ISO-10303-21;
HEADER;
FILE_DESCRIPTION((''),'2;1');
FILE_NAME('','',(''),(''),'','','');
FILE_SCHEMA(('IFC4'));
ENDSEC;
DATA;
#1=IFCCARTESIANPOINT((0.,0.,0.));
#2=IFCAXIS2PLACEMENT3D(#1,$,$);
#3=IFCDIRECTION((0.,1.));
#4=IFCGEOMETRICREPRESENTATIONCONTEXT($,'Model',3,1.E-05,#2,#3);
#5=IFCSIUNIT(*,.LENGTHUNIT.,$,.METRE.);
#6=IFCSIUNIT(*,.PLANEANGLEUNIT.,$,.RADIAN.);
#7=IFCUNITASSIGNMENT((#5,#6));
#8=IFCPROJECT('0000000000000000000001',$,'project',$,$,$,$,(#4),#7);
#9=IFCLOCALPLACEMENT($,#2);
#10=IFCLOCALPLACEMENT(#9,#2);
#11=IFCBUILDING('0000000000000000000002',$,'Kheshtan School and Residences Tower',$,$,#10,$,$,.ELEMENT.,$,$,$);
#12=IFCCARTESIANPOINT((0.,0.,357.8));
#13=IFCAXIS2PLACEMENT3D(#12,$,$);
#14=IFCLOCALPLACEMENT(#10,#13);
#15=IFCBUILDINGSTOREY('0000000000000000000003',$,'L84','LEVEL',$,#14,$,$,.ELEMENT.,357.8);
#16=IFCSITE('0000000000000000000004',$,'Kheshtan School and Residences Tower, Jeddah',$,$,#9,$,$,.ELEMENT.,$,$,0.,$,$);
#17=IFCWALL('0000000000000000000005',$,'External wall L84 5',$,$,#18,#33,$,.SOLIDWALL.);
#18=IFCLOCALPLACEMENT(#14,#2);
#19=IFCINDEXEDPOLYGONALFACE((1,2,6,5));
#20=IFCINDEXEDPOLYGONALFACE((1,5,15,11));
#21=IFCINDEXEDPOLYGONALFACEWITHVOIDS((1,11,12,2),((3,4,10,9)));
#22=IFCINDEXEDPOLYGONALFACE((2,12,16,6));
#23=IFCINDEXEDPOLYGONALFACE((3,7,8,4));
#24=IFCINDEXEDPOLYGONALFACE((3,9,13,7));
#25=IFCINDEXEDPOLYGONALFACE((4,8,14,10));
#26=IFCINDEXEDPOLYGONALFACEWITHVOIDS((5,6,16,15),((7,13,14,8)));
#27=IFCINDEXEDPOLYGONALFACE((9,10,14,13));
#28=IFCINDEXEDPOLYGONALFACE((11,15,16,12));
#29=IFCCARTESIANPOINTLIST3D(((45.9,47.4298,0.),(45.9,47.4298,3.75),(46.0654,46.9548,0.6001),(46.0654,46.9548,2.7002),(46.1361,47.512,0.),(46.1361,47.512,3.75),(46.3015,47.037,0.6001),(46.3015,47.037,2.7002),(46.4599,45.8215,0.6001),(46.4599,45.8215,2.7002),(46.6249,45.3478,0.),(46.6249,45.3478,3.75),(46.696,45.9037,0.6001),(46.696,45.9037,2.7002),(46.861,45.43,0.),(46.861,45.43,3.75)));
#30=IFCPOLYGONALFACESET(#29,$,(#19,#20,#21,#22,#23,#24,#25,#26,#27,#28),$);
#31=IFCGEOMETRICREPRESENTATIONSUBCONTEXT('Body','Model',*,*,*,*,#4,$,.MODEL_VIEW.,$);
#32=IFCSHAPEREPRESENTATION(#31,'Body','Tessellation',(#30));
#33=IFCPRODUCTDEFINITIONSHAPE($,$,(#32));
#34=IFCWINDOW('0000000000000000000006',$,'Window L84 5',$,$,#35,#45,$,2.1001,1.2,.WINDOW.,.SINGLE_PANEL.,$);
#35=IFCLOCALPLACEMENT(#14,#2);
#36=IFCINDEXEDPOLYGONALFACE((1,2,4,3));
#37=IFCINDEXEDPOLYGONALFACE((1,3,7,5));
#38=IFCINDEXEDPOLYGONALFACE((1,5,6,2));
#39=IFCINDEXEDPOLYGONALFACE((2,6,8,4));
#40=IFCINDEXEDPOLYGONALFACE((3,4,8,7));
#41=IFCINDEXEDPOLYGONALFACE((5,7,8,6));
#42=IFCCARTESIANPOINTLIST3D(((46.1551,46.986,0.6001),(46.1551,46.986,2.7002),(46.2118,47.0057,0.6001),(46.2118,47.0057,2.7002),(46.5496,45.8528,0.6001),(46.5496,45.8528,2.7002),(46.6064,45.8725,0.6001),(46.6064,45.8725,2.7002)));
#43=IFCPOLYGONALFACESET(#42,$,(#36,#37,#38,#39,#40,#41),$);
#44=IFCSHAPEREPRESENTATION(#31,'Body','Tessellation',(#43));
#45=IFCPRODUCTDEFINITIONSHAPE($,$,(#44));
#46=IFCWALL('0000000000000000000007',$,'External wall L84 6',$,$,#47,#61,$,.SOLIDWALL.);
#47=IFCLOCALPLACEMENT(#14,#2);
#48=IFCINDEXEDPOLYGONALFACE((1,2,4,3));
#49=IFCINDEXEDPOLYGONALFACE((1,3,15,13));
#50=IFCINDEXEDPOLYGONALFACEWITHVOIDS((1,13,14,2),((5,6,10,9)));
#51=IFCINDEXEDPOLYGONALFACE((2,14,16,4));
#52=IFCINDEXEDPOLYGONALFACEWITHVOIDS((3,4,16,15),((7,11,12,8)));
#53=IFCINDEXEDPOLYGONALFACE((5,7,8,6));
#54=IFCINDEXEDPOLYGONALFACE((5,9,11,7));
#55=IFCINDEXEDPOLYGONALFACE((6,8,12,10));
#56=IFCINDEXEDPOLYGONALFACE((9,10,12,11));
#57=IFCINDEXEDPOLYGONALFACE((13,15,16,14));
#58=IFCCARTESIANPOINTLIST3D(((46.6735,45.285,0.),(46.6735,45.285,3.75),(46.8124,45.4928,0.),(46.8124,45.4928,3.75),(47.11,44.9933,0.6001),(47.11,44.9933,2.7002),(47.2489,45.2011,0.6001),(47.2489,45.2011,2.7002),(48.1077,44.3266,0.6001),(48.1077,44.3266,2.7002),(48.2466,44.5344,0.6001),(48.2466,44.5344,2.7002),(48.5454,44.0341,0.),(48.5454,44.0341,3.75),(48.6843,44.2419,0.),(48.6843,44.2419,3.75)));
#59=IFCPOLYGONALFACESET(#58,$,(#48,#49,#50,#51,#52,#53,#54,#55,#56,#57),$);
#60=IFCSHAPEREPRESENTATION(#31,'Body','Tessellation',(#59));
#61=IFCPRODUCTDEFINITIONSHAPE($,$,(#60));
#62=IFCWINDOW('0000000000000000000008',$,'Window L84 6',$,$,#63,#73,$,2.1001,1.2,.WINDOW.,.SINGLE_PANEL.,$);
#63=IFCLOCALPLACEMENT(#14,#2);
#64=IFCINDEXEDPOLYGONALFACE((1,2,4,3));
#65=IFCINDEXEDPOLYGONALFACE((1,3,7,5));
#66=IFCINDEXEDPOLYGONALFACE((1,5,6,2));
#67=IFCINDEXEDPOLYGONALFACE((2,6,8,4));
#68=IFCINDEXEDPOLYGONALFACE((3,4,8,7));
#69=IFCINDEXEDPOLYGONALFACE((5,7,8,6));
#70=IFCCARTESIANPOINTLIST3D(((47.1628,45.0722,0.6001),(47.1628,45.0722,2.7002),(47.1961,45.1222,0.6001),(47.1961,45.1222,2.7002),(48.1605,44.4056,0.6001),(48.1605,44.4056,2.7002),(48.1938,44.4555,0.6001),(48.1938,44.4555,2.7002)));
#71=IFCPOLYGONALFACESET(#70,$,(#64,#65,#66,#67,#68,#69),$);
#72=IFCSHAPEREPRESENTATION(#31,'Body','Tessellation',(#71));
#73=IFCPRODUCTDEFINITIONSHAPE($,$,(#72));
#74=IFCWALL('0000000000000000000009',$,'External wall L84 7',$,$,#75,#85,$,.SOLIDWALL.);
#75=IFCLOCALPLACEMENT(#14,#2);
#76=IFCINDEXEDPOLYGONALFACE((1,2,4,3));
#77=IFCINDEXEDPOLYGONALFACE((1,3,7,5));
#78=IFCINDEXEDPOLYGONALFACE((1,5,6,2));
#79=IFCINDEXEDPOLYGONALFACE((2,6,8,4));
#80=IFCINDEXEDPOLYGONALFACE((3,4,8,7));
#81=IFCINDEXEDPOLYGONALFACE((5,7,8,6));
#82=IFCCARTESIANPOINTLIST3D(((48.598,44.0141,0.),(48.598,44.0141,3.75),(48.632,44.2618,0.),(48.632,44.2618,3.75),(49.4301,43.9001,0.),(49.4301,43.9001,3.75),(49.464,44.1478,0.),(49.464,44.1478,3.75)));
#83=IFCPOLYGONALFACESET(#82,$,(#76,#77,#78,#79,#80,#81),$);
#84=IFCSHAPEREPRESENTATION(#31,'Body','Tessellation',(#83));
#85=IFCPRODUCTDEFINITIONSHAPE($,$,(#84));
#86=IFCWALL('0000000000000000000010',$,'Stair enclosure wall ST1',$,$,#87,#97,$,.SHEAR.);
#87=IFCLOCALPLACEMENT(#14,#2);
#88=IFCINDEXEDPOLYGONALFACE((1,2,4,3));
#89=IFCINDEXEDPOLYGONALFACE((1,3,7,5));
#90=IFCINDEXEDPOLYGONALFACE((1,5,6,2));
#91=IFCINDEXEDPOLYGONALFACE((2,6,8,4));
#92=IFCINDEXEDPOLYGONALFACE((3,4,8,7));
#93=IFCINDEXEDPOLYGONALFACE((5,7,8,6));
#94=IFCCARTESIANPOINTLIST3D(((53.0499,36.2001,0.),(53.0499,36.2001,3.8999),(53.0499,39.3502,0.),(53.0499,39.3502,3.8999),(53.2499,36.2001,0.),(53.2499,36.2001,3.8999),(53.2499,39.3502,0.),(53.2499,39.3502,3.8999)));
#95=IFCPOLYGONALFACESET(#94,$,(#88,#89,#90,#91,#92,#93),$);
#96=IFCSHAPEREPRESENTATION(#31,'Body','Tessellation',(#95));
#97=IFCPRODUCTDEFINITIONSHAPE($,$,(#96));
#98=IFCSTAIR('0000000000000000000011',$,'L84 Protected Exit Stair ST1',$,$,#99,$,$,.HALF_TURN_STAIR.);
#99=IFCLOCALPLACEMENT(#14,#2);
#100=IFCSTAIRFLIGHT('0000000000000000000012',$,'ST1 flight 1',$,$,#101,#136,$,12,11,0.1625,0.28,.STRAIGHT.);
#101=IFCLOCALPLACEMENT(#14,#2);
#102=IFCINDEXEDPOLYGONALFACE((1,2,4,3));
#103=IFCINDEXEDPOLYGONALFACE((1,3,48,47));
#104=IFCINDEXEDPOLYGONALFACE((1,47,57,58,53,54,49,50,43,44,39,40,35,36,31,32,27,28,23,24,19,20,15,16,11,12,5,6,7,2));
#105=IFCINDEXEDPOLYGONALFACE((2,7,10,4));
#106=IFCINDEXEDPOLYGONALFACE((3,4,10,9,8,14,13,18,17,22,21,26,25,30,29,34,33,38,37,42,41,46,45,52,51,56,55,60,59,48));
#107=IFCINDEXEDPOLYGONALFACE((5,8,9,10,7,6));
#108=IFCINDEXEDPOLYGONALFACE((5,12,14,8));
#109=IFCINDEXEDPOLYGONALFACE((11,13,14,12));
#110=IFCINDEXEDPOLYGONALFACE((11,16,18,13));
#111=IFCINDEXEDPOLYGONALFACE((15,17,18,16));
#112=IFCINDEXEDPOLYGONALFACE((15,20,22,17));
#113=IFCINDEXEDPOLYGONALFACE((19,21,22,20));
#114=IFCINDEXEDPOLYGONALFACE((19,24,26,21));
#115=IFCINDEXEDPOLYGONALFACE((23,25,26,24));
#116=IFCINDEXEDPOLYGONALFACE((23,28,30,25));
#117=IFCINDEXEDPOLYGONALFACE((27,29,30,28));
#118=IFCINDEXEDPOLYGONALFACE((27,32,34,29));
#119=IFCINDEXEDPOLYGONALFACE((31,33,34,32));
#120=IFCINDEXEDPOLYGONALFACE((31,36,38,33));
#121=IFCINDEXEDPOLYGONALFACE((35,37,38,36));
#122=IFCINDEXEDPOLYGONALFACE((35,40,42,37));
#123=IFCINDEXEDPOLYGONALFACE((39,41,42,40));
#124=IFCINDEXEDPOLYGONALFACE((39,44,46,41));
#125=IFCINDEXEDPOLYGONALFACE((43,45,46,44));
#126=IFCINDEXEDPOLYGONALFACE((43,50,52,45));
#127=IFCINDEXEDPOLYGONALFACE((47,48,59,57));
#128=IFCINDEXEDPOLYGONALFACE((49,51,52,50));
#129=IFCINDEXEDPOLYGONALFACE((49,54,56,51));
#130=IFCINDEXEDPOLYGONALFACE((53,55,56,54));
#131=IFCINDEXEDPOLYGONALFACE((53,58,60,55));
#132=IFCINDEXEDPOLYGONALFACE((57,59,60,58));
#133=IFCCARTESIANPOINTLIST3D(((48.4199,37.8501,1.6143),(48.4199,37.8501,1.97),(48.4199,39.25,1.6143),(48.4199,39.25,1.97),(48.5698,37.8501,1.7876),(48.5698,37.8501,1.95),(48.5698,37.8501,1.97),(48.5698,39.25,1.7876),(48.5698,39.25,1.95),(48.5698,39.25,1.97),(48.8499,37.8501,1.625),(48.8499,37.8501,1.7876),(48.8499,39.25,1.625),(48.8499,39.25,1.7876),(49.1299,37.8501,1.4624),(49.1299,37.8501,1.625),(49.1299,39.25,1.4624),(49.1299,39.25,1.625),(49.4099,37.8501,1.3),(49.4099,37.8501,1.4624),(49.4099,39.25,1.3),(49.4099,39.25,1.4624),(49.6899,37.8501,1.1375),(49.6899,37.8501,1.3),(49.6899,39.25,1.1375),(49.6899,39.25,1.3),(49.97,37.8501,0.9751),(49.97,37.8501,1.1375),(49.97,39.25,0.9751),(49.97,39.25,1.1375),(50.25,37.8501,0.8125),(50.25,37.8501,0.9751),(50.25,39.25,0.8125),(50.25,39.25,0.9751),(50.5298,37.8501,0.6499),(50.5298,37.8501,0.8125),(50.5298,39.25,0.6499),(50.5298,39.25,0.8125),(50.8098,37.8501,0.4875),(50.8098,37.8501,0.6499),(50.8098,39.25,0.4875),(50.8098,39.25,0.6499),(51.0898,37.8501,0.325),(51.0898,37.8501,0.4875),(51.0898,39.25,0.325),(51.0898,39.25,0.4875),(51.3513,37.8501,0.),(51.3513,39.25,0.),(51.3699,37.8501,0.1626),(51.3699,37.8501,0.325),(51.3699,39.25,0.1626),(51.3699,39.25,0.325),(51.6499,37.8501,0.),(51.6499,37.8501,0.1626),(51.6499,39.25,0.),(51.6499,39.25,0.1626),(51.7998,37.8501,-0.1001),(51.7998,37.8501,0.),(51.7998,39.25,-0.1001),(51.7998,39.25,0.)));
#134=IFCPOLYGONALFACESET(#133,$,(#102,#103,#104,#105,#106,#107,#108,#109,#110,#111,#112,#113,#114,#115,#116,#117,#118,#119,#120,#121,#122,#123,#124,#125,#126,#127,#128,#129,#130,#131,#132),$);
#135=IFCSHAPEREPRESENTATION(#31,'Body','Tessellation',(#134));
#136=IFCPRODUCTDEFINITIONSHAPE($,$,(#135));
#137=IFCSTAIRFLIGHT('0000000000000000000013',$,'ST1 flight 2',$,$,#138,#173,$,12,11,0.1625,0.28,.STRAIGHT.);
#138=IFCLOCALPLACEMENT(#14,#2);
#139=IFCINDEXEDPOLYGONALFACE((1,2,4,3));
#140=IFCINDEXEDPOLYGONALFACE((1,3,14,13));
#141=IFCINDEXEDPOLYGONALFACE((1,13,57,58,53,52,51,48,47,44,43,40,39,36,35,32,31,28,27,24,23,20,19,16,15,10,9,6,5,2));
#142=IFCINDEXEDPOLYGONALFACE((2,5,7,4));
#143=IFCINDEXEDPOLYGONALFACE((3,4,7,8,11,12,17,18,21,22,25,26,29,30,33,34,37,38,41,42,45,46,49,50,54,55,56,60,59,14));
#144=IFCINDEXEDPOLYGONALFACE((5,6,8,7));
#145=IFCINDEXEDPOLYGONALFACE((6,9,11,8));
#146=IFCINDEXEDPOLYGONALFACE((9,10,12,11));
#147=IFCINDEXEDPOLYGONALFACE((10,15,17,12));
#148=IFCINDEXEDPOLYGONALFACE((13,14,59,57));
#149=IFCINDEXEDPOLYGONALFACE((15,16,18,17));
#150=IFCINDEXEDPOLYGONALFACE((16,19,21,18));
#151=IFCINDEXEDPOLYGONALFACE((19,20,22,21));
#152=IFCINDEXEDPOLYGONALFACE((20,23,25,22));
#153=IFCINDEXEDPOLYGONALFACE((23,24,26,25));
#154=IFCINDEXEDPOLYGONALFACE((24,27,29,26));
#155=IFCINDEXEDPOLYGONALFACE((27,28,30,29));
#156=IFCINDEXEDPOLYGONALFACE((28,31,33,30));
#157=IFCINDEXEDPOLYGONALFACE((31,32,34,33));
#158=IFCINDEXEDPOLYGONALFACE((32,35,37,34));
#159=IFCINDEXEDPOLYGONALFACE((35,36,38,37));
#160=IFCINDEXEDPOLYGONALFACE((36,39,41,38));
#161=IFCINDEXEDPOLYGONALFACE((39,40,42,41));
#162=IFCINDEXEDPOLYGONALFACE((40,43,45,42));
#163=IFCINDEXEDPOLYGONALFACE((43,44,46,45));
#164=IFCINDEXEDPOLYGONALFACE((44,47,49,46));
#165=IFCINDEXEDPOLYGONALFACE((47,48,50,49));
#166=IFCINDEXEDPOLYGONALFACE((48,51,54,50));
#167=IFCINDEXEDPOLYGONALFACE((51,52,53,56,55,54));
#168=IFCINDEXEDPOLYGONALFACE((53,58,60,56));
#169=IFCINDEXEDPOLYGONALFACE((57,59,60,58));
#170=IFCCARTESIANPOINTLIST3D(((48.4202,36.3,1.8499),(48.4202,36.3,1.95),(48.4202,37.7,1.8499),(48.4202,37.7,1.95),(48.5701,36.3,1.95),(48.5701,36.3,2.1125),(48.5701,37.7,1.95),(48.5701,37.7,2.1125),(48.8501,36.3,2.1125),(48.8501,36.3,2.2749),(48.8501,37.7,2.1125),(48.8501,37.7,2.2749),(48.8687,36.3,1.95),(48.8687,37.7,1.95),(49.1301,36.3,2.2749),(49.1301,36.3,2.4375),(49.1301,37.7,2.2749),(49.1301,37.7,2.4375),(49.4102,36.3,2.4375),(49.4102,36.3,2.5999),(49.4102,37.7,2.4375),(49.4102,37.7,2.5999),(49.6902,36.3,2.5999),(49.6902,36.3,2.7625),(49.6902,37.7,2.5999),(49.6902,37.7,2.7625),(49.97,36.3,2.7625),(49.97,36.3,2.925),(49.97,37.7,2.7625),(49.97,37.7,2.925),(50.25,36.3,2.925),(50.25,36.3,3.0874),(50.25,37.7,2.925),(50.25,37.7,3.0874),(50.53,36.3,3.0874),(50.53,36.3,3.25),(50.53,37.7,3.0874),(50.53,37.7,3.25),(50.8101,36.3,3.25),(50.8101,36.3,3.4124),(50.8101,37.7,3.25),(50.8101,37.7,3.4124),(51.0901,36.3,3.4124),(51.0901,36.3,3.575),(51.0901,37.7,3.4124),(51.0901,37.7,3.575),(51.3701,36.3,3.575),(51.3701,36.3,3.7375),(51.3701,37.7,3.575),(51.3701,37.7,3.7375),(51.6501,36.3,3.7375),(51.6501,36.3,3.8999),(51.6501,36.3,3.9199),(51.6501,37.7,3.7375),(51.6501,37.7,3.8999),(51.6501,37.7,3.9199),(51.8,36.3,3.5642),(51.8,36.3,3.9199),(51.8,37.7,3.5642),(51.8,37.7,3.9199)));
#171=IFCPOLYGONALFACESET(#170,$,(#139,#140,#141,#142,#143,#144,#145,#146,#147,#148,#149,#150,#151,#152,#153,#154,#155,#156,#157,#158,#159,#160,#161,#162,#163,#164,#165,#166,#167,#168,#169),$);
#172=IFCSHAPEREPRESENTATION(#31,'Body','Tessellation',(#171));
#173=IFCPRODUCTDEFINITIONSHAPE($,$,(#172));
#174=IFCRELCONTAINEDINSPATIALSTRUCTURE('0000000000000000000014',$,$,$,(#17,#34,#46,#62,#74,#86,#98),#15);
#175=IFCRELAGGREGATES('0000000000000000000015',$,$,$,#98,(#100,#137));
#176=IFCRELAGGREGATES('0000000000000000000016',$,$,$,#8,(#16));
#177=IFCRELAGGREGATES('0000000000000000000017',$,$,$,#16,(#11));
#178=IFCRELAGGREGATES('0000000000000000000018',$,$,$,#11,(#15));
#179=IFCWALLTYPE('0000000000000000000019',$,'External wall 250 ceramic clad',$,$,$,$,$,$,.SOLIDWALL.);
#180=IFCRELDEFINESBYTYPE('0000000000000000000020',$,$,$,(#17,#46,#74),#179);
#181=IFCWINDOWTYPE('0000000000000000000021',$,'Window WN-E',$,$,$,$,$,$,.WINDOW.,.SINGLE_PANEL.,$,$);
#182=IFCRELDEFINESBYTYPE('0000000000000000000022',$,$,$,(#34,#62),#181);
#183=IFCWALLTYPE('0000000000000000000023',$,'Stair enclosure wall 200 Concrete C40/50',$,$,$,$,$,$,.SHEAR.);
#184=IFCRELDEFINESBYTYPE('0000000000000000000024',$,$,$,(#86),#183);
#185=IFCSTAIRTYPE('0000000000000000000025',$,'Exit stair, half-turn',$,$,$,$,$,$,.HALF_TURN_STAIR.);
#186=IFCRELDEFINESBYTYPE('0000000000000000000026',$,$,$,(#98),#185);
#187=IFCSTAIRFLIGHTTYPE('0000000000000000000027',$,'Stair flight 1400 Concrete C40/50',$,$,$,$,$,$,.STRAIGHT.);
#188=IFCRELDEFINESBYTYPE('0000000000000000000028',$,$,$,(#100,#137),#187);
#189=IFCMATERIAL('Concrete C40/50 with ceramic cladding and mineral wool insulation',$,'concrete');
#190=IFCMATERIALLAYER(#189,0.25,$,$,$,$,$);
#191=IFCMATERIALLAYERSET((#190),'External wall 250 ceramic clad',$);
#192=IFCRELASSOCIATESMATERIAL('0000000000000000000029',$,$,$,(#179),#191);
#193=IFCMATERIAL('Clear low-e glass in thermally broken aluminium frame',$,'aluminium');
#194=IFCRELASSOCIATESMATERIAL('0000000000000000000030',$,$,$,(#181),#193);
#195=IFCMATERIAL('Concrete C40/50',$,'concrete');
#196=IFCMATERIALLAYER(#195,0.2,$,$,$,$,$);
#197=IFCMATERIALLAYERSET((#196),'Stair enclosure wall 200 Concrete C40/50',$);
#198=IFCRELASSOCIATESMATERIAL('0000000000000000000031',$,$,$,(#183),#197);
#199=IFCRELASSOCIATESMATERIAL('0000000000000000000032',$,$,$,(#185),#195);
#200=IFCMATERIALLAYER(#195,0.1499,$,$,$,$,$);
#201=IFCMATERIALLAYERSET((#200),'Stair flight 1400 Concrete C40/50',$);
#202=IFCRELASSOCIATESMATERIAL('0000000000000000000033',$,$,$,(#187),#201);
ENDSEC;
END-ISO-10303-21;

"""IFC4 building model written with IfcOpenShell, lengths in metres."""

from ifc_helpers import new_model, si_unit, direction, frame, frame_2d, origin, place, context, subcontext, project, spatial, polyline, rectangle, outline, extrude, source, transform, mapped, material, layer, layer_set, type_object, element, fill, aggregate, save


model = new_model("IFC4")

# Units and contexts
model_context = context("Model", 3, precision=1e-05, world=origin(), true_north=direction((0.0, 1.0)))
body_context = subcontext(model_context, "Body", "Model", "MODEL_VIEW")
ifc_project = project(units=[si_unit("LENGTHUNIT", "METRE"), si_unit("PLANEANGLEUNIT", "RADIAN")], contexts=[model_context])

# Site, building, storey
site_placement = place(None, origin())
site = spatial("IfcSite", under=ifc_project, at=site_placement, Name="Kheshtan School and Residences Tower, Jeddah", CompositionType="ELEMENT", RefElevation=0.0)
building_placement = place(site_placement, origin())
building = spatial("IfcBuilding", under=site, at=building_placement, Name="Kheshtan School and Residences Tower", CompositionType="ELEMENT")
storey_placement = place(building_placement, frame((0.0, 0.0, 357.8)))
storey = spatial("IfcBuildingStorey", under=building, at=storey_placement, Name="L84", Description="LEVEL", CompositionType="ELEMENT", Elevation=357.8)

# Shared definitions
ifc_material_1 = material(Name="Clear low-e glass in thermally broken aluminium frame", Category="aluminium")

# Walls, openings, windows
ifc_material_2 = material(Name="Concrete C40/50 with ceramic cladding and mineral wool insulation", Category="concrete")
ifc_layer_1 = layer(ifc_material_2, 0.25)
ifc_layer_set_1 = layer_set([ifc_layer_1], Name="External wall 250 ceramic clad")
wall_type_1 = type_object("IfcWallType", Name="External wall 250 ceramic clad", PredefinedType="SOLIDWALL", material=ifc_layer_set_1)
wall_1_placement = place(storey_placement, frame((46.0181, 47.4709, 0.0), z_axis=(0.0, 0.0, 1.0), x_axis=(0.328791, -0.944403, 0.0)))
wall_1 = element("IfcWall", 1, at=wall_1_placement, inside=storey, type_object=wall_type_1, Name="External wall L84 5", PredefinedType="SOLIDWALL", context=body_context, shape_type="SweptSolid", body=[
    extrude(rectangle(XDim=2.2046, YDim=0.25, at=frame_2d((1.1023, 0.0))), origin(), (0.0, 0.0, 1.0), 3.75),
])
opening_1_placement = place(wall_1_placement, frame((0.5029, 0.0, 0.6001)))
opening_1 = element("IfcOpeningElement", 2, at=opening_1_placement, cuts=wall_1, PredefinedType="OPENING", context=body_context, shape_type="SweptSolid", body=[
    extrude(rectangle(XDim=1.2, YDim=2.1001, at=frame_2d((0.6001, 1.05))), frame((0.0, 0.135, 0.0), z_axis=(0.0, -1.0, 0.0), x_axis=(1.0, 0.0, 0.0)), (0.0, 0.0, 1.0), 0.27),
])
window_type = type_object("IfcWindowType", Name="Window WN-E", PartitioningType="SINGLE_PANEL", PredefinedType="WINDOW", material=ifc_material_1)
shared_shape_1 = source(origin(), body_context, "Body", "SweptSolid", [
    extrude(rectangle(XDim=1.2, YDim=2.1001, at=frame_2d((0.6001, 1.05))), frame((0.0, 0.03, 0.0), z_axis=(0.0, -1.0, 0.0), x_axis=(1.0, 0.0, 0.0)), (0.0, 0.0, 1.0), 0.0601),
])
window_1_placement = place(opening_1_placement, origin())
window_1 = element("IfcWindow", 3, at=window_1_placement, inside=storey, type_object=window_type, Name="Window L84 5", OverallHeight=2.1001, OverallWidth=1.2, PartitioningType="SINGLE_PANEL", PredefinedType="WINDOW", context=body_context, shape_type="MappedRepresentation", body=[
    mapped(shared_shape_1, transform((0.0, 0.0, 0.0), x_axis=(1.0, 0.0, 0.0), y_axis=(0.0, 1.0, 0.0), z_axis=(0.0, 0.0, 1.0), scale=1.0)),
])
fill(opening_1, window_1)
wall_2_placement = place(storey_placement, frame((46.7429, 45.3889, 0.0), z_axis=(0.0, 0.0, 1.0), x_axis=(0.831449, -0.555601, 0.0)))
wall_2 = element("IfcWall", 4, at=wall_2_placement, inside=storey, type_object=wall_type_1, Name="External wall L84 6", PredefinedType="SOLIDWALL", context=body_context, shape_type="SweptSolid", body=[
    extrude(rectangle(XDim=2.2515, YDim=0.25, at=frame_2d((1.1257, 0.0))), origin(), (0.0, 0.0, 1.0), 3.75),
])
opening_2_placement = place(wall_2_placement, frame((0.5249, 0.0, 0.6001)))
opening_2 = element("IfcOpeningElement", 5, at=opening_2_placement, cuts=wall_2, PredefinedType="OPENING", context=body_context, shape_type="SweptSolid", body=[
    extrude(rectangle(XDim=1.2, YDim=2.1001, at=frame_2d((0.6001, 1.05))), frame((0.0, 0.135, 0.0), z_axis=(0.0, -1.0, 0.0), x_axis=(1.0, 0.0, 0.0)), (0.0, 0.0, 1.0), 0.27),
])
window_2_placement = place(opening_2_placement, origin())
window_2 = element("IfcWindow", 6, at=window_2_placement, inside=storey, type_object=window_type, Name="Window L84 6", OverallHeight=2.1001, OverallWidth=1.2, PartitioningType="SINGLE_PANEL", PredefinedType="WINDOW", context=body_context, shape_type="MappedRepresentation", body=[
    mapped(shared_shape_1, transform((0.0, 0.0, 0.0), x_axis=(1.0, 0.0, 0.0), y_axis=(0.0, 1.0, 0.0), z_axis=(0.0, 0.0, 1.0), scale=1.0)),
])
fill(opening_2, window_2)

# Wall
wall_3_placement = place(storey_placement, frame((48.615, 44.1379, 0.0), z_axis=(0.0, 0.0, 1.0), x_axis=(0.990742, -0.135762, 0.0)))
element("IfcWall", 7, at=wall_3_placement, inside=storey, type_object=wall_type_1, Name="External wall L84 7", PredefinedType="SOLIDWALL", context=body_context, shape_type="SweptSolid", body=[
    extrude(rectangle(XDim=0.8398, YDim=0.25, at=frame_2d((0.4199, 0.0))), origin(), (0.0, 0.0, 1.0), 3.75),
])

# Wall
ifc_material_3 = material(Name="Concrete C40/50", Category="concrete")
ifc_layer_2 = layer(ifc_material_3, 0.2)
ifc_layer_set_2 = layer_set([ifc_layer_2], Name="Stair enclosure wall 200 Concrete C40/50")
wall_type_2 = type_object("IfcWallType", Name="Stair enclosure wall 200 Concrete C40/50", PredefinedType="SHEAR", material=ifc_layer_set_2)
wall_4_placement = place(storey_placement, frame((53.1499, 36.2, 0.0), z_axis=(0.0, 0.0, 1.0), x_axis=(0.0, 1.0, 0.0)))
element("IfcWall", 8, at=wall_4_placement, inside=storey, type_object=wall_type_2, Name="Stair enclosure wall ST1", PredefinedType="SHEAR", context=body_context, shape_type="SweptSolid", body=[
    extrude(rectangle(XDim=3.1501, YDim=0.2, at=frame_2d((1.5752, 0.0))), origin(), (0.0, 0.0, 1.0), 3.8999),
])

# Stair, stair flights
stair_type = type_object("IfcStairType", Name="Exit stair, half-turn", PredefinedType="HALF_TURN_STAIR", material=ifc_material_3)
stair_placement = place(storey_placement, origin())
stair = element("IfcStair", 9, at=stair_placement, inside=storey, type_object=stair_type, Name="L84 Protected Exit Stair ST1", PredefinedType="HALF_TURN_STAIR")
ifc_layer_3 = layer(ifc_material_3, 0.1499)
ifc_layer_set_3 = layer_set([ifc_layer_3], Name="Stair flight 1400 Concrete C40/50")
stair_flight_type = type_object("IfcStairFlightType", Name="Stair flight 1400 Concrete C40/50", PredefinedType="STRAIGHT", material=ifc_layer_set_3)
stair_flight_1_placement = place(storey_placement, frame((51.6499, 38.55, 0.0), z_axis=(0.0, 0.0, 1.0), x_axis=(-1.0, 0.0, 0.0)))
stair_flight_1 = element("IfcStairFlight", 10, at=stair_flight_1_placement, type_object=stair_flight_type, Name="ST1 flight 1", NumberOfRisers=12, NumberOfTreads=11, PredefinedType="STRAIGHT", RiserHeight=0.1625, TreadLength=0.28, context=body_context, shape_type="SweptSolid", body=[
    extrude(outline(polyline([(-0.1499, -0.1001), (-0.1499, 0.0), (0.0, 0.0), (0.0, 0.1626), (0.28, 0.1626), (0.28, 0.325), (0.5601, 0.325), (0.5601, 0.4875), (0.8401, 0.4875), (0.8401, 0.6499), (1.1201, 0.6499), (1.1201, 0.8125), (1.3999, 0.8125), (1.3999, 0.9751), (1.6799, 0.9751), (1.6799, 1.1375), (1.96, 1.1375), (1.96, 1.3), (2.24, 1.3), (2.24, 1.4624), (2.52, 1.4624), (2.52, 1.625), (2.8, 1.625), (2.8, 1.7876), (3.0801, 1.7876), (3.0801, 1.95), (3.0801, 1.97), (3.23, 1.97), (3.23, 1.6143), (0.2986, 0.0), (-0.1499, -0.1001)])), frame((0.0, 0.7, 0.0), z_axis=(0.0, -1.0, 0.0), x_axis=(1.0, 0.0, 0.0)), (0.0, 0.0, 1.0), 1.3999),
])
stair_flight_2_placement = place(storey_placement, frame((48.5701, 37.0, 1.95), z_axis=(0.0, 0.0, 1.0), x_axis=(1.0, 0.0, 0.0)))
stair_flight_2 = element("IfcStairFlight", 11, at=stair_flight_2_placement, type_object=stair_flight_type, Name="ST1 flight 2", NumberOfRisers=12, NumberOfTreads=11, PredefinedType="STRAIGHT", RiserHeight=0.1625, TreadLength=0.28, context=body_context, shape_type="SweptSolid", body=[
    extrude(outline(polyline([(-0.1499, -0.1001), (-0.1499, 0.0), (0.0, 0.0), (0.0, 0.1626), (0.28, 0.1626), (0.28, 0.325), (0.5601, 0.325), (0.5601, 0.4875), (0.8401, 0.4875), (0.8401, 0.6499), (1.1201, 0.6499), (1.1201, 0.8125), (1.3999, 0.8125), (1.3999, 0.9751), (1.6799, 0.9751), (1.6799, 1.1375), (1.96, 1.1375), (1.96, 1.3), (2.24, 1.3), (2.24, 1.4624), (2.52, 1.4624), (2.52, 1.625), (2.8, 1.625), (2.8, 1.7876), (3.0801, 1.7876), (3.0801, 1.95), (3.0801, 1.97), (3.23, 1.97), (3.23, 1.6143), (0.2986, 0.0), (-0.1499, -0.1001)])), frame((0.0, 0.7, 0.0), z_axis=(0.0, -1.0, 0.0), x_axis=(1.0, 0.0, 0.0)), (0.0, 0.0, 1.0), 1.3999),
])
aggregate(stair, [stair_flight_1, stair_flight_2])

save(model, "model.ifc")
